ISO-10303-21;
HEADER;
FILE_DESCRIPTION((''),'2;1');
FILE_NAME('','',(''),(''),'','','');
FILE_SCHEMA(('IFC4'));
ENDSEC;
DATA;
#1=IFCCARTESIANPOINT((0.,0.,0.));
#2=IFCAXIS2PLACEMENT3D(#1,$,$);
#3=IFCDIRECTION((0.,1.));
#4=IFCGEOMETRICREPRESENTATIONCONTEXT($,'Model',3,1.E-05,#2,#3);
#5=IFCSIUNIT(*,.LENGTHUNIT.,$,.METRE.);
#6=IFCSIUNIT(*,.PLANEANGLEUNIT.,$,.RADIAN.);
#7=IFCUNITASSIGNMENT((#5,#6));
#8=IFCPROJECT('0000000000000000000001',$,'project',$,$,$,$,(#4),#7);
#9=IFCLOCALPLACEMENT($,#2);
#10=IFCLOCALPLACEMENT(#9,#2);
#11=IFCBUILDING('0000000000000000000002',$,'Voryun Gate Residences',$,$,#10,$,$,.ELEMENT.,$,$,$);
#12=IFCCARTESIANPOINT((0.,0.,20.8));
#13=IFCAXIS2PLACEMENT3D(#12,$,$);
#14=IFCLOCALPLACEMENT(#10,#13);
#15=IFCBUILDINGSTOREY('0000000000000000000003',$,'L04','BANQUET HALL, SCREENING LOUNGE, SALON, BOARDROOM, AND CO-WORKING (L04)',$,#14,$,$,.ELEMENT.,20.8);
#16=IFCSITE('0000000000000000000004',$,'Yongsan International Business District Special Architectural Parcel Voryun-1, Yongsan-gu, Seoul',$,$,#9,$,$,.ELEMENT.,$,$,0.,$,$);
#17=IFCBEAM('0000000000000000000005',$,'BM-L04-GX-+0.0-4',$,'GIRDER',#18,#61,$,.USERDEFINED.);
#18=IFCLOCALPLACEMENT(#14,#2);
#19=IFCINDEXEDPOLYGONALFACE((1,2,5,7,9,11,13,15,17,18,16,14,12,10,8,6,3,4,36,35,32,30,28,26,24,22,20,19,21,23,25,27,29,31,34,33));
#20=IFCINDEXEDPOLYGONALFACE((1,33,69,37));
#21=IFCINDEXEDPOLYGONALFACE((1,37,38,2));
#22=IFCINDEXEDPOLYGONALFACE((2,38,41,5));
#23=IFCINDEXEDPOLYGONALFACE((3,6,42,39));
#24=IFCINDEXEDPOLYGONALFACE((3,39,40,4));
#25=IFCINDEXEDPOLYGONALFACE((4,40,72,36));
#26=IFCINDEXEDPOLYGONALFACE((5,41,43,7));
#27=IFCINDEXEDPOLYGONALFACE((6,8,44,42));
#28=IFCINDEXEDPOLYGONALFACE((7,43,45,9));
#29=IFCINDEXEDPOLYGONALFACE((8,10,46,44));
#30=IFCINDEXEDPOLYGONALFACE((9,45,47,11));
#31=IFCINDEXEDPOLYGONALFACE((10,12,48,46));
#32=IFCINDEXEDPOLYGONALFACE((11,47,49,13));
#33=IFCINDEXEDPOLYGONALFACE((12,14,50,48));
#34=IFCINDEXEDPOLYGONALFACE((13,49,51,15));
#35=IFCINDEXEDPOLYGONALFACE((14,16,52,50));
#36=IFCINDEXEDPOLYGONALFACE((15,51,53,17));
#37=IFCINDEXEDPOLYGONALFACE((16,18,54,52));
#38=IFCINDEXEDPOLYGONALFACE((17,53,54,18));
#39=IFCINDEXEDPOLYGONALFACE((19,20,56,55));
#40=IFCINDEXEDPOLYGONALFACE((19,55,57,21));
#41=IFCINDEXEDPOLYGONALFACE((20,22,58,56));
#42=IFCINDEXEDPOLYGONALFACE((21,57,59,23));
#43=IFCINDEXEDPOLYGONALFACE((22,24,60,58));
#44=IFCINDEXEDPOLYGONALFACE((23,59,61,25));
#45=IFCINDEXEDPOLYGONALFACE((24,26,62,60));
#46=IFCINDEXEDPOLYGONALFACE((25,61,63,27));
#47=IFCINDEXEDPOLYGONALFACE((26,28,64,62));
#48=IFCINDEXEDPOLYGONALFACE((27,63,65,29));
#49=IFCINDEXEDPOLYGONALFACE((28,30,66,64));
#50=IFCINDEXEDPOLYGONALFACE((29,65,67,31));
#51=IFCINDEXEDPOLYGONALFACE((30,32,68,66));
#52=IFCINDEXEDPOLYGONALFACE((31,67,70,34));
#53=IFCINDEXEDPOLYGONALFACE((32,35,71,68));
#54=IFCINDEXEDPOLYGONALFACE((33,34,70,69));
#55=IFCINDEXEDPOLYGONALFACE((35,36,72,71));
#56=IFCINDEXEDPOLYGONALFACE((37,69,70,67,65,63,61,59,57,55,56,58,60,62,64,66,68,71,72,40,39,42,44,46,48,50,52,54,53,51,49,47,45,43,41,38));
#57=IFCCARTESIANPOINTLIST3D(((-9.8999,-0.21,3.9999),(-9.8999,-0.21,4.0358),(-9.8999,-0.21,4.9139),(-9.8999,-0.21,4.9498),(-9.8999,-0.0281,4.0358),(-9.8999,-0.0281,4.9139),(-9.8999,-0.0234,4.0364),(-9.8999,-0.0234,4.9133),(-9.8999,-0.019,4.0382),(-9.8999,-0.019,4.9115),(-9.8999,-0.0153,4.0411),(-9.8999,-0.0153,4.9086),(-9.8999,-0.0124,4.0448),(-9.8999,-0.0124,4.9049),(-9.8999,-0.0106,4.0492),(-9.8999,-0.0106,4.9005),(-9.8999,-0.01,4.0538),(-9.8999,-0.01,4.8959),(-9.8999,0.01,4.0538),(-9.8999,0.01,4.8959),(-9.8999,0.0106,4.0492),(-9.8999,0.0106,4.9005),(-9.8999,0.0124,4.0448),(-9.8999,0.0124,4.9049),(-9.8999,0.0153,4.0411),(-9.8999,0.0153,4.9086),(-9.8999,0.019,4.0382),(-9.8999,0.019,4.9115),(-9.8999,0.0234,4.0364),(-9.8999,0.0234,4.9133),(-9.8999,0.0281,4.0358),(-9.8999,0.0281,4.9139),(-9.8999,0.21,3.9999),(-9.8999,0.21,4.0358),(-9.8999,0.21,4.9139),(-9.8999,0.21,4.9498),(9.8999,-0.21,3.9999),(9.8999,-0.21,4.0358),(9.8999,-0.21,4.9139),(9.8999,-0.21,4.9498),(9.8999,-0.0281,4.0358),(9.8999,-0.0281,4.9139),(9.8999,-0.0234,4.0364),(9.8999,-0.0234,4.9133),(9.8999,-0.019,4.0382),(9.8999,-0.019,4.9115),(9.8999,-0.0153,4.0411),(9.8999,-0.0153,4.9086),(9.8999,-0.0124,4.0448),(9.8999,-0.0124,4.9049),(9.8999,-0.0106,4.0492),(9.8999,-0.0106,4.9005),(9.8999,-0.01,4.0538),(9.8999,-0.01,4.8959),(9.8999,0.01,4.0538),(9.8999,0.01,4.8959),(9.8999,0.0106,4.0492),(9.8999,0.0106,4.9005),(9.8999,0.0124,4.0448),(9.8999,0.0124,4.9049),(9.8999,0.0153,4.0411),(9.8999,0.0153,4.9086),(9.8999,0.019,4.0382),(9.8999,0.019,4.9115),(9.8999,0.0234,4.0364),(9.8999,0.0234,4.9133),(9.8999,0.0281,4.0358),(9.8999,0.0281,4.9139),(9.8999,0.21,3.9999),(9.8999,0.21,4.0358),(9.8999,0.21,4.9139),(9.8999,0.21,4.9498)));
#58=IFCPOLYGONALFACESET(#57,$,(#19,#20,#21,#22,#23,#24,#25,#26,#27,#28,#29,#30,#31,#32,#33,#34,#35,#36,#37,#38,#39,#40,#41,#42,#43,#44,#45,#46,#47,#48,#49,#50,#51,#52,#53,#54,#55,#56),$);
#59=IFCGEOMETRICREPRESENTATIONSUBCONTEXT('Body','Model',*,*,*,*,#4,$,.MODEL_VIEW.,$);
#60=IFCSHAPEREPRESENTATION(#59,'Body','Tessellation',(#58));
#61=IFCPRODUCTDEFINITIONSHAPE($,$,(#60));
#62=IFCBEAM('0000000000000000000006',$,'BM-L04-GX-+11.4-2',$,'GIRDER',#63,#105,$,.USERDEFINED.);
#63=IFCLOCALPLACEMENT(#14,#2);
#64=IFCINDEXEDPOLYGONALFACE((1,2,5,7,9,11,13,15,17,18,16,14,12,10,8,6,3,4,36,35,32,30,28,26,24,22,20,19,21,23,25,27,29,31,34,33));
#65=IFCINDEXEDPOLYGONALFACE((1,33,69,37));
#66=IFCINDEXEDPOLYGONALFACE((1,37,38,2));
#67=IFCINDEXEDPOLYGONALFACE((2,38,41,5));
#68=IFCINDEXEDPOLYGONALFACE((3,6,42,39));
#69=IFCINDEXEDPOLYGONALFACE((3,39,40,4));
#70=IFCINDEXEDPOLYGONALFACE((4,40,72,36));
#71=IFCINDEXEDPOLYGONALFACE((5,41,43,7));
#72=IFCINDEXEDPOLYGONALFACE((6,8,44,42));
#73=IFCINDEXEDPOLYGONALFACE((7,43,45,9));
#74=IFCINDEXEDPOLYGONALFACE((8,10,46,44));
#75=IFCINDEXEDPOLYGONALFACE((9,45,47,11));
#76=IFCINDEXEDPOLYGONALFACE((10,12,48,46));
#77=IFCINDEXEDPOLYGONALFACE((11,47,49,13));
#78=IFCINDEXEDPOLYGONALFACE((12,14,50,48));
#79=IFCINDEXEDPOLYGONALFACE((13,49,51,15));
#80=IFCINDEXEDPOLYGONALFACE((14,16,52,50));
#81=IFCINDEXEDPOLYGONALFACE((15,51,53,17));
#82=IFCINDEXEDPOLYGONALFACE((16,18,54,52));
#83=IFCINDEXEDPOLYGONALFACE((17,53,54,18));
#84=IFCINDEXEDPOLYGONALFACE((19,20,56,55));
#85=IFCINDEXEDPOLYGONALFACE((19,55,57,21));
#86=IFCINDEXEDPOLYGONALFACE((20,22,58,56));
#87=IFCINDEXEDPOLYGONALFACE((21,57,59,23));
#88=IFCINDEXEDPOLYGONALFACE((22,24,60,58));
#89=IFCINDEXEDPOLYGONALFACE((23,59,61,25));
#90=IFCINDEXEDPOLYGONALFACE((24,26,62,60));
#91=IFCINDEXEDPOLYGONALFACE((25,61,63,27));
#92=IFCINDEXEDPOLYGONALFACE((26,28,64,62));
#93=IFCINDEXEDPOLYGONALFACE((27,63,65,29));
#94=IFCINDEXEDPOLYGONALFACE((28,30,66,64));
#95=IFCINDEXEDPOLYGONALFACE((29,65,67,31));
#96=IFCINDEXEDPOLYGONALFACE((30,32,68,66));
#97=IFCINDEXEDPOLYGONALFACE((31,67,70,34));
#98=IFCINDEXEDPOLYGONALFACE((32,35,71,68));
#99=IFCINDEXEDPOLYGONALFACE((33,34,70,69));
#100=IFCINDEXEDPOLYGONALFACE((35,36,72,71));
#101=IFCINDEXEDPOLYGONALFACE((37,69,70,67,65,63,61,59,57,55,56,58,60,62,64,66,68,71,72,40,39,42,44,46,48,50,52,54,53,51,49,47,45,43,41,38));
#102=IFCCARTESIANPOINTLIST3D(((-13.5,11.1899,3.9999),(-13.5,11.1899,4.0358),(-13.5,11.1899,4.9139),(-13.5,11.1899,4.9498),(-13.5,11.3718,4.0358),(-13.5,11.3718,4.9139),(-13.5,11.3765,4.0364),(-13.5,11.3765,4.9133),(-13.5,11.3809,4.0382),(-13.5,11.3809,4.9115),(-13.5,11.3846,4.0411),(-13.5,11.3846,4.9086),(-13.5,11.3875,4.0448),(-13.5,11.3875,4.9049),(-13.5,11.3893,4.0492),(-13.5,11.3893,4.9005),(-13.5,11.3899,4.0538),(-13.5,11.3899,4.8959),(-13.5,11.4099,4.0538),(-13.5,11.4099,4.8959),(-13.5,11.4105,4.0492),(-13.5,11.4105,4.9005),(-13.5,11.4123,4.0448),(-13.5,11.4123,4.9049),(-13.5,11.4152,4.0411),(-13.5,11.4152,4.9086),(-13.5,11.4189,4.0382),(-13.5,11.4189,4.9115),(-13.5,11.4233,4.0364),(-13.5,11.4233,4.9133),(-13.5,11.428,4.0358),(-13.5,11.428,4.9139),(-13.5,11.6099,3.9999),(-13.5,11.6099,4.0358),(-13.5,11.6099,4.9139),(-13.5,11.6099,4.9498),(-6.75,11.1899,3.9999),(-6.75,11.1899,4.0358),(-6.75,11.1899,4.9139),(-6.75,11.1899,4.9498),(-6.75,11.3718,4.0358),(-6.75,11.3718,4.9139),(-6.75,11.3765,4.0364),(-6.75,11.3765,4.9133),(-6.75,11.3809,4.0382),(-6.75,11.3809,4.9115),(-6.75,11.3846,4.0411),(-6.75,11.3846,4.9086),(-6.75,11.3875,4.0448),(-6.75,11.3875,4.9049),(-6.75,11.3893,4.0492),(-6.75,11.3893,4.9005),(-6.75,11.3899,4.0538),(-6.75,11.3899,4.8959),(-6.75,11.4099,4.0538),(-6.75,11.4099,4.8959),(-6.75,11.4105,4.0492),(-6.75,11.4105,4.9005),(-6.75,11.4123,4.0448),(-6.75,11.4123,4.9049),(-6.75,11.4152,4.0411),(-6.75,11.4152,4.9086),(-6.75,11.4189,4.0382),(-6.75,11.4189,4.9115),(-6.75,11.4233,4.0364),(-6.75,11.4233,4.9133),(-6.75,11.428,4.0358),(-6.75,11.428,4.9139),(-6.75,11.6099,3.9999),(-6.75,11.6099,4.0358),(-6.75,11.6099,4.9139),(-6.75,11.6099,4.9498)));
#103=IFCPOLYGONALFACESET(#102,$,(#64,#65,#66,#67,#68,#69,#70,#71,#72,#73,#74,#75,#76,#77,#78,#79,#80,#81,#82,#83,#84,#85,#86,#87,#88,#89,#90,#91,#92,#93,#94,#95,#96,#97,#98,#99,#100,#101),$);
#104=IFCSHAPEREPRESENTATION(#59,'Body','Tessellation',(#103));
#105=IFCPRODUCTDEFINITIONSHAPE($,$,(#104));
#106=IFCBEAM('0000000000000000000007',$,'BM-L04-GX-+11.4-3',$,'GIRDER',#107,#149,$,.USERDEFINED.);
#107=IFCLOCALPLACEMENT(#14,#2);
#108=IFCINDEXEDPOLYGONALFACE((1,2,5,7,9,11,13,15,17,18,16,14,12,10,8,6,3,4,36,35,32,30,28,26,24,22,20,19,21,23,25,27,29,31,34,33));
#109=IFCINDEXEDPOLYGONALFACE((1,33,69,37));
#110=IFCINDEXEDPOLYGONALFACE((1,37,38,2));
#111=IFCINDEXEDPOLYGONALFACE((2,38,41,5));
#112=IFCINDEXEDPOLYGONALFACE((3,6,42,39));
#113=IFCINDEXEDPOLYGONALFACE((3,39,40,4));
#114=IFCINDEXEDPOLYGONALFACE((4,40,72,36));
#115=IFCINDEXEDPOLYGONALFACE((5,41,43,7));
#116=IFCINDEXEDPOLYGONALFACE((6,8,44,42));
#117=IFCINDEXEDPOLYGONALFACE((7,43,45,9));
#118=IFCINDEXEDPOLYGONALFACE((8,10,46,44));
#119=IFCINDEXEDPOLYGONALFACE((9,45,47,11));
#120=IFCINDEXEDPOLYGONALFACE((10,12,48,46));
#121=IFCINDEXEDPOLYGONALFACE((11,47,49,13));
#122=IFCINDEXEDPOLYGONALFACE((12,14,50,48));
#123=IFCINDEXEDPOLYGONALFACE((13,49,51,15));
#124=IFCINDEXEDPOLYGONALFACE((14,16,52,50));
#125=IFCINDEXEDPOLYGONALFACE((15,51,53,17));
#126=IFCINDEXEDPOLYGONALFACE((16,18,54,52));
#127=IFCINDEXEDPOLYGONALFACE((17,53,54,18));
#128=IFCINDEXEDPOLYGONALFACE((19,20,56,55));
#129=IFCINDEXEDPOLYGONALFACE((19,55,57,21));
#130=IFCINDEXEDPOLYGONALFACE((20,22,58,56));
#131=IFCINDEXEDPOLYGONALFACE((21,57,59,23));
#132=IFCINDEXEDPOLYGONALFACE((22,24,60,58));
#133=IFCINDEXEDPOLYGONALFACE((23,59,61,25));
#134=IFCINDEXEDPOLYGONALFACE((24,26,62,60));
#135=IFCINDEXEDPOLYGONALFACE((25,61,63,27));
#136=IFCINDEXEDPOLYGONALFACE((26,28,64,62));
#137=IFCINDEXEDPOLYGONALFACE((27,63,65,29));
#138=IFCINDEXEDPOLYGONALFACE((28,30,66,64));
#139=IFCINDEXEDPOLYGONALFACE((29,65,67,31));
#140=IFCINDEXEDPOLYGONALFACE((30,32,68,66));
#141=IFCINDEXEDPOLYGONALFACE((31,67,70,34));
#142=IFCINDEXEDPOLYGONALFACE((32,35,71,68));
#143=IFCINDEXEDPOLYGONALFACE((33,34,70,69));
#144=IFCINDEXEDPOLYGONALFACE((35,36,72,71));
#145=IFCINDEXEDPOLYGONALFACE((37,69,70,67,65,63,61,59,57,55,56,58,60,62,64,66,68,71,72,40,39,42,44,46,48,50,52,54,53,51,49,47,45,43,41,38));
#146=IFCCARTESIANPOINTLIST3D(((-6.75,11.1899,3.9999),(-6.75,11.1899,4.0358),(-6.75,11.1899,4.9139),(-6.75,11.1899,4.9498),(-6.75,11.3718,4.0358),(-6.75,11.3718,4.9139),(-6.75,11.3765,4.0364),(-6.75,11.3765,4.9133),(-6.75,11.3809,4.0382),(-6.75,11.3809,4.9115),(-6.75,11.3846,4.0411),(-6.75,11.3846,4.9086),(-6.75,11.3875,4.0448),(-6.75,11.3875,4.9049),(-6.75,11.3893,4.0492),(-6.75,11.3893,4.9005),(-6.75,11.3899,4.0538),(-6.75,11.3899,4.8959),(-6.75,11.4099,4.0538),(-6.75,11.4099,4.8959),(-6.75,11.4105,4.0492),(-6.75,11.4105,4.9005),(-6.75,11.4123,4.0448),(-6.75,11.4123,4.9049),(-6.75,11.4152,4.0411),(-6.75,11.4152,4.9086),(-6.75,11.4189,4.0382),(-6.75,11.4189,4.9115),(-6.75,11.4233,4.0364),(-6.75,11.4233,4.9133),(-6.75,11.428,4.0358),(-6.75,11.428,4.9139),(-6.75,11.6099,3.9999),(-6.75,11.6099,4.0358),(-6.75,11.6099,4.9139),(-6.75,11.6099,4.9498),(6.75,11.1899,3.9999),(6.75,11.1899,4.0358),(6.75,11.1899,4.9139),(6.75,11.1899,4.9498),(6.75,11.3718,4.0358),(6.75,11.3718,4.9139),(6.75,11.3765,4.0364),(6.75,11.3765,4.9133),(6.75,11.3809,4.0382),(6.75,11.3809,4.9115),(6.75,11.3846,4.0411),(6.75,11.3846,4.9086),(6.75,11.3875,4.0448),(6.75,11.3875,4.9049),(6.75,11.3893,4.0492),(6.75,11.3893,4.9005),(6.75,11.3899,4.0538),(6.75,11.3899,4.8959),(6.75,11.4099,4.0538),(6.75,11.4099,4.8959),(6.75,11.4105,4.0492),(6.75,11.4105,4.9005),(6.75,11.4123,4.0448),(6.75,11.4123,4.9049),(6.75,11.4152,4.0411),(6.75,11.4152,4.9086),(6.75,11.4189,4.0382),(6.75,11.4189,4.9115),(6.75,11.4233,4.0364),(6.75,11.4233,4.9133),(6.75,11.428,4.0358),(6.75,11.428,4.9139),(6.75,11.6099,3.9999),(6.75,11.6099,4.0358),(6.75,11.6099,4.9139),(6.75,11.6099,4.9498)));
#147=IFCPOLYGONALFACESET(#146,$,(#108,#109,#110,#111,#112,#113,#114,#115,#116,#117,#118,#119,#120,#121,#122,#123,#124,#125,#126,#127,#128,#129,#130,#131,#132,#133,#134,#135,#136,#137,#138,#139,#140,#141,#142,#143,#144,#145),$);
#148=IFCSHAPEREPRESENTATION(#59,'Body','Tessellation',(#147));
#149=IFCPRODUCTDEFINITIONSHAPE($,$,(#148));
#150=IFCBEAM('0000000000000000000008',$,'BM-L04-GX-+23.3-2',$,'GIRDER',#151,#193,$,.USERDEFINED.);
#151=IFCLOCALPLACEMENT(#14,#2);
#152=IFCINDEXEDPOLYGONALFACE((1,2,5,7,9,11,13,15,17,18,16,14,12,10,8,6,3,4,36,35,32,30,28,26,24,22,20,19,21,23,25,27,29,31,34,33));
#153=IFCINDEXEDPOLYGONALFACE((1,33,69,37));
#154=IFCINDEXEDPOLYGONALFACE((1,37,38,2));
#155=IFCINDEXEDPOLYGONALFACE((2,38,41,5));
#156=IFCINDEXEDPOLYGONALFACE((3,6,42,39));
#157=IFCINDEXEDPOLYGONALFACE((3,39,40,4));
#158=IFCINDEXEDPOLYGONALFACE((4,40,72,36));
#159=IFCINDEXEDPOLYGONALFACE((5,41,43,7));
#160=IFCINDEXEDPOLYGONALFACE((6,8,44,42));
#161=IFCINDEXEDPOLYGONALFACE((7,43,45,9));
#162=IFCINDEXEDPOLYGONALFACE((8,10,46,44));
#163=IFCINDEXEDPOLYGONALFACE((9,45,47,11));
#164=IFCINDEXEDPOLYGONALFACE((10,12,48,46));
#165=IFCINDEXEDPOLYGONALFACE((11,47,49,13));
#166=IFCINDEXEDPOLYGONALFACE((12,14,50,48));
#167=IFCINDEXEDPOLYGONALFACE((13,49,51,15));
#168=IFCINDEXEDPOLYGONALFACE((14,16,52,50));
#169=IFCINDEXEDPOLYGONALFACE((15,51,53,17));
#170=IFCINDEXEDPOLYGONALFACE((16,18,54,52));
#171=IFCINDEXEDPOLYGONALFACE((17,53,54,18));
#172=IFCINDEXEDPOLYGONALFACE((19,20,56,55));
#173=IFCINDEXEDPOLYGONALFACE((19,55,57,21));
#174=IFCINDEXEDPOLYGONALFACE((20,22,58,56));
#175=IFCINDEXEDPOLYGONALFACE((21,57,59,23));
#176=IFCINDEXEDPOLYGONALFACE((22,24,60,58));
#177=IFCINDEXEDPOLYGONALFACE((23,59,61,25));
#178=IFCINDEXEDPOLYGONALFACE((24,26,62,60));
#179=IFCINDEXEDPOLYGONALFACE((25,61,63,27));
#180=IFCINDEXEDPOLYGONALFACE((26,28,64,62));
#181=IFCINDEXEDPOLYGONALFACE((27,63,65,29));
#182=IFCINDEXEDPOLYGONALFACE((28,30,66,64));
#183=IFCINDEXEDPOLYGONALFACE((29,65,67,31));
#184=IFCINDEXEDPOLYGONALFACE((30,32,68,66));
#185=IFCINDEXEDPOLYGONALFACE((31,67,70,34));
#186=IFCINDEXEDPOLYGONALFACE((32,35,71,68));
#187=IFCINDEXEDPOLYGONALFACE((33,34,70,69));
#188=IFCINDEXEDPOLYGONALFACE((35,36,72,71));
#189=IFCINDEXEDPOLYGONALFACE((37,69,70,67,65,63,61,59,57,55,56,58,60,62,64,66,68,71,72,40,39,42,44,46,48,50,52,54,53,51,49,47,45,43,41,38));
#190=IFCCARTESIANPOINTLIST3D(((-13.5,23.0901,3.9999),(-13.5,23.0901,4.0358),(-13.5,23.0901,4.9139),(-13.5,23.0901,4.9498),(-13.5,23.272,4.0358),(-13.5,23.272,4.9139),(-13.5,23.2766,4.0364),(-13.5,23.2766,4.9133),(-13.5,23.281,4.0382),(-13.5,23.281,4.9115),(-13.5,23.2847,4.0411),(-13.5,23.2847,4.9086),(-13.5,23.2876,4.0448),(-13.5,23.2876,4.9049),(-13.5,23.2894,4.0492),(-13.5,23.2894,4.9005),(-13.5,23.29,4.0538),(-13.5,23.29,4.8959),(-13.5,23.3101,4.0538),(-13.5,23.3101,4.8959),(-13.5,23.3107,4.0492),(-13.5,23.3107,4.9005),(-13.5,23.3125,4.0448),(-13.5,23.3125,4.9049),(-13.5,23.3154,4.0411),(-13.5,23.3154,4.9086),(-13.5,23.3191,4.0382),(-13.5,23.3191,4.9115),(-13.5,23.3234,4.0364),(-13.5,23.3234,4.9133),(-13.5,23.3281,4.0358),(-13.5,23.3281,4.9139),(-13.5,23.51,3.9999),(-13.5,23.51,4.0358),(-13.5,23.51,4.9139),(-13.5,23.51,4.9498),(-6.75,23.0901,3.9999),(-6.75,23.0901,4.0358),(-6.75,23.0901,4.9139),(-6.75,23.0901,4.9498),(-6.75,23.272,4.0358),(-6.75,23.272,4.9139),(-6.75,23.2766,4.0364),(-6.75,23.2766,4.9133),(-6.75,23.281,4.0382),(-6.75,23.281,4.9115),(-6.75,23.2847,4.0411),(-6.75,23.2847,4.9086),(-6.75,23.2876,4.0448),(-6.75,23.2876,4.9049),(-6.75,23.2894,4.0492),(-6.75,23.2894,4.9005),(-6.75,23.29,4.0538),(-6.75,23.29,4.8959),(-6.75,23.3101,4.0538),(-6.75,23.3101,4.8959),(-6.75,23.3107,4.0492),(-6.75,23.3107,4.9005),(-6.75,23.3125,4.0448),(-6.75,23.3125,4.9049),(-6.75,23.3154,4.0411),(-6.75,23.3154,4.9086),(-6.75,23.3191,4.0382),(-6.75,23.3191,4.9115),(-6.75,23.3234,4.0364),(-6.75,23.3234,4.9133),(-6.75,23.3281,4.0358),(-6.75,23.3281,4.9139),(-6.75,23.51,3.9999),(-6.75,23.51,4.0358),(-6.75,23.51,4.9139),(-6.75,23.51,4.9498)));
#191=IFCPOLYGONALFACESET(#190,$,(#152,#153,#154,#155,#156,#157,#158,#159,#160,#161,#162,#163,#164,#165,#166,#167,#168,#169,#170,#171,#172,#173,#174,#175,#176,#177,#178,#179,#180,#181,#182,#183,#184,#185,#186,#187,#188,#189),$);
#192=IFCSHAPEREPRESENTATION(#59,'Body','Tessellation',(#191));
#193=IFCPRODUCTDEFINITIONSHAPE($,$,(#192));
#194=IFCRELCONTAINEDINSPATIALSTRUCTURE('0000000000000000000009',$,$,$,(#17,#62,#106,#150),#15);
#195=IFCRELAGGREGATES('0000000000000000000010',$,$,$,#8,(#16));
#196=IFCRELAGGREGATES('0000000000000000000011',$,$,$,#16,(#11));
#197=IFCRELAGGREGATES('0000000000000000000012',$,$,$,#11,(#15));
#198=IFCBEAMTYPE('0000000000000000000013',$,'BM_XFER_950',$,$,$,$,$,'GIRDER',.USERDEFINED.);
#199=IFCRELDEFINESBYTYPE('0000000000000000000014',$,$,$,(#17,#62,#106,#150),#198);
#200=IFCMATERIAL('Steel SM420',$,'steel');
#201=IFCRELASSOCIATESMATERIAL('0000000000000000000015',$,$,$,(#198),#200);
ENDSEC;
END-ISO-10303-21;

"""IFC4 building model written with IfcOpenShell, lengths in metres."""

from ifc_helpers import new_model, si_unit, direction, frame, origin, origin_2d, place, context, subcontext, project, spatial, i_section, extrude, material, material_profile, profile_set, type_object, element, save


model = new_model("IFC4")

# Units and contexts
model_context = context("Model", 3, precision=1e-05, world=origin(), true_north=direction((0.0, 1.0)))
body_context = subcontext(model_context, "Body", "Model", "MODEL_VIEW")
ifc_project = project(units=[si_unit("LENGTHUNIT", "METRE"), si_unit("PLANEANGLEUNIT", "RADIAN")], contexts=[model_context])

# Site, building, storey
site_placement = place(None, origin())
site = spatial("IfcSite", under=ifc_project, at=site_placement, Name="Yongsan International Business District Special Architectural Parcel Voryun-1, Yongsan-gu, Seoul", CompositionType="ELEMENT", RefElevation=0.0)
building_placement = place(site_placement, origin())
building = spatial("IfcBuilding", under=site, at=building_placement, Name="Voryun Gate Residences", CompositionType="ELEMENT")
storey_placement = place(building_placement, frame((0.0, 0.0, 20.8)))
storey = spatial("IfcBuildingStorey", under=building, at=storey_placement, Name="L04", Description="BANQUET HALL, SCREENING LOUNGE, SALON, BOARDROOM, AND CO-WORKING (L04)", CompositionType="ELEMENT", Elevation=20.8)

# Beams
ifc_material_1 = material(Name="Steel SM420", Category="steel")
ifc_material_profile_1 = material_profile(ifc_material_1, i_section(OverallWidth=0.4199, OverallDepth=0.95, WebThickness=0.02, FlangeThickness=0.0359, FilletRadius=0.0181, at=origin_2d()), Name="H-950x420x20x36")
ifc_profile_set_1 = profile_set([ifc_material_profile_1], Name="Steel SM420")
beam_type_1 = type_object("IfcBeamType", Name="BM_XFER_950", ElementType="GIRDER", PredefinedType="USERDEFINED", material=ifc_profile_set_1)
beam_1_placement = place(storey_placement, frame((-9.8999, 0.0, 4.4749), z_axis=(1.0, 0.0, 0.0), x_axis=(0.0, 1.0, 0.0)))
element("IfcBeam", 1, at=beam_1_placement, inside=storey, type_object=beam_type_1, Name="BM-L04-GX-+0.0-4", ObjectType="GIRDER", PredefinedType="USERDEFINED", context=body_context, shape_type="SweptSolid", body=[
    extrude(i_section(OverallWidth=0.4199, OverallDepth=0.95, WebThickness=0.02, FlangeThickness=0.0359, FilletRadius=0.0181, at=origin_2d()), origin(), (0.0, 0.0, 1.0), 19.7998),
])
beam_2_placement = place(storey_placement, frame((-13.5, 11.3999, 4.4749), z_axis=(1.0, 0.0, 0.0), x_axis=(0.0, 1.0, 0.0)))
element("IfcBeam", 2, at=beam_2_placement, inside=storey, type_object=beam_type_1, Name="BM-L04-GX-+11.4-2", ObjectType="GIRDER", PredefinedType="USERDEFINED", context=body_context, shape_type="SweptSolid", body=[
    extrude(i_section(OverallWidth=0.4199, OverallDepth=0.95, WebThickness=0.02, FlangeThickness=0.0359, FilletRadius=0.0181, at=origin_2d()), origin(), (0.0, 0.0, 1.0), 6.75),
])
beam_3_placement = place(storey_placement, frame((-6.75, 11.3999, 4.4749), z_axis=(1.0, 0.0, 0.0), x_axis=(0.0, 1.0, 0.0)))
element("IfcBeam", 3, at=beam_3_placement, inside=storey, type_object=beam_type_1, Name="BM-L04-GX-+11.4-3", ObjectType="GIRDER", PredefinedType="USERDEFINED", context=body_context, shape_type="SweptSolid", body=[
    extrude(i_section(OverallWidth=0.4199, OverallDepth=0.95, WebThickness=0.02, FlangeThickness=0.0359, FilletRadius=0.0181, at=origin_2d()), origin(), (0.0, 0.0, 1.0), 13.5),
])
beam_4_placement = place(storey_placement, frame((-13.5, 23.3, 4.4749), z_axis=(1.0, 0.0, 0.0), x_axis=(0.0, 1.0, 0.0)))
element("IfcBeam", 4, at=beam_4_placement, inside=storey, type_object=beam_type_1, Name="BM-L04-GX-+23.3-2", ObjectType="GIRDER", PredefinedType="USERDEFINED", context=body_context, shape_type="SweptSolid", body=[
    extrude(i_section(OverallWidth=0.4199, OverallDepth=0.95, WebThickness=0.02, FlangeThickness=0.0359, FilletRadius=0.0181, at=origin_2d()), origin(), (0.0, 0.0, 1.0), 6.75),
])

save(model, "model.ifc")
